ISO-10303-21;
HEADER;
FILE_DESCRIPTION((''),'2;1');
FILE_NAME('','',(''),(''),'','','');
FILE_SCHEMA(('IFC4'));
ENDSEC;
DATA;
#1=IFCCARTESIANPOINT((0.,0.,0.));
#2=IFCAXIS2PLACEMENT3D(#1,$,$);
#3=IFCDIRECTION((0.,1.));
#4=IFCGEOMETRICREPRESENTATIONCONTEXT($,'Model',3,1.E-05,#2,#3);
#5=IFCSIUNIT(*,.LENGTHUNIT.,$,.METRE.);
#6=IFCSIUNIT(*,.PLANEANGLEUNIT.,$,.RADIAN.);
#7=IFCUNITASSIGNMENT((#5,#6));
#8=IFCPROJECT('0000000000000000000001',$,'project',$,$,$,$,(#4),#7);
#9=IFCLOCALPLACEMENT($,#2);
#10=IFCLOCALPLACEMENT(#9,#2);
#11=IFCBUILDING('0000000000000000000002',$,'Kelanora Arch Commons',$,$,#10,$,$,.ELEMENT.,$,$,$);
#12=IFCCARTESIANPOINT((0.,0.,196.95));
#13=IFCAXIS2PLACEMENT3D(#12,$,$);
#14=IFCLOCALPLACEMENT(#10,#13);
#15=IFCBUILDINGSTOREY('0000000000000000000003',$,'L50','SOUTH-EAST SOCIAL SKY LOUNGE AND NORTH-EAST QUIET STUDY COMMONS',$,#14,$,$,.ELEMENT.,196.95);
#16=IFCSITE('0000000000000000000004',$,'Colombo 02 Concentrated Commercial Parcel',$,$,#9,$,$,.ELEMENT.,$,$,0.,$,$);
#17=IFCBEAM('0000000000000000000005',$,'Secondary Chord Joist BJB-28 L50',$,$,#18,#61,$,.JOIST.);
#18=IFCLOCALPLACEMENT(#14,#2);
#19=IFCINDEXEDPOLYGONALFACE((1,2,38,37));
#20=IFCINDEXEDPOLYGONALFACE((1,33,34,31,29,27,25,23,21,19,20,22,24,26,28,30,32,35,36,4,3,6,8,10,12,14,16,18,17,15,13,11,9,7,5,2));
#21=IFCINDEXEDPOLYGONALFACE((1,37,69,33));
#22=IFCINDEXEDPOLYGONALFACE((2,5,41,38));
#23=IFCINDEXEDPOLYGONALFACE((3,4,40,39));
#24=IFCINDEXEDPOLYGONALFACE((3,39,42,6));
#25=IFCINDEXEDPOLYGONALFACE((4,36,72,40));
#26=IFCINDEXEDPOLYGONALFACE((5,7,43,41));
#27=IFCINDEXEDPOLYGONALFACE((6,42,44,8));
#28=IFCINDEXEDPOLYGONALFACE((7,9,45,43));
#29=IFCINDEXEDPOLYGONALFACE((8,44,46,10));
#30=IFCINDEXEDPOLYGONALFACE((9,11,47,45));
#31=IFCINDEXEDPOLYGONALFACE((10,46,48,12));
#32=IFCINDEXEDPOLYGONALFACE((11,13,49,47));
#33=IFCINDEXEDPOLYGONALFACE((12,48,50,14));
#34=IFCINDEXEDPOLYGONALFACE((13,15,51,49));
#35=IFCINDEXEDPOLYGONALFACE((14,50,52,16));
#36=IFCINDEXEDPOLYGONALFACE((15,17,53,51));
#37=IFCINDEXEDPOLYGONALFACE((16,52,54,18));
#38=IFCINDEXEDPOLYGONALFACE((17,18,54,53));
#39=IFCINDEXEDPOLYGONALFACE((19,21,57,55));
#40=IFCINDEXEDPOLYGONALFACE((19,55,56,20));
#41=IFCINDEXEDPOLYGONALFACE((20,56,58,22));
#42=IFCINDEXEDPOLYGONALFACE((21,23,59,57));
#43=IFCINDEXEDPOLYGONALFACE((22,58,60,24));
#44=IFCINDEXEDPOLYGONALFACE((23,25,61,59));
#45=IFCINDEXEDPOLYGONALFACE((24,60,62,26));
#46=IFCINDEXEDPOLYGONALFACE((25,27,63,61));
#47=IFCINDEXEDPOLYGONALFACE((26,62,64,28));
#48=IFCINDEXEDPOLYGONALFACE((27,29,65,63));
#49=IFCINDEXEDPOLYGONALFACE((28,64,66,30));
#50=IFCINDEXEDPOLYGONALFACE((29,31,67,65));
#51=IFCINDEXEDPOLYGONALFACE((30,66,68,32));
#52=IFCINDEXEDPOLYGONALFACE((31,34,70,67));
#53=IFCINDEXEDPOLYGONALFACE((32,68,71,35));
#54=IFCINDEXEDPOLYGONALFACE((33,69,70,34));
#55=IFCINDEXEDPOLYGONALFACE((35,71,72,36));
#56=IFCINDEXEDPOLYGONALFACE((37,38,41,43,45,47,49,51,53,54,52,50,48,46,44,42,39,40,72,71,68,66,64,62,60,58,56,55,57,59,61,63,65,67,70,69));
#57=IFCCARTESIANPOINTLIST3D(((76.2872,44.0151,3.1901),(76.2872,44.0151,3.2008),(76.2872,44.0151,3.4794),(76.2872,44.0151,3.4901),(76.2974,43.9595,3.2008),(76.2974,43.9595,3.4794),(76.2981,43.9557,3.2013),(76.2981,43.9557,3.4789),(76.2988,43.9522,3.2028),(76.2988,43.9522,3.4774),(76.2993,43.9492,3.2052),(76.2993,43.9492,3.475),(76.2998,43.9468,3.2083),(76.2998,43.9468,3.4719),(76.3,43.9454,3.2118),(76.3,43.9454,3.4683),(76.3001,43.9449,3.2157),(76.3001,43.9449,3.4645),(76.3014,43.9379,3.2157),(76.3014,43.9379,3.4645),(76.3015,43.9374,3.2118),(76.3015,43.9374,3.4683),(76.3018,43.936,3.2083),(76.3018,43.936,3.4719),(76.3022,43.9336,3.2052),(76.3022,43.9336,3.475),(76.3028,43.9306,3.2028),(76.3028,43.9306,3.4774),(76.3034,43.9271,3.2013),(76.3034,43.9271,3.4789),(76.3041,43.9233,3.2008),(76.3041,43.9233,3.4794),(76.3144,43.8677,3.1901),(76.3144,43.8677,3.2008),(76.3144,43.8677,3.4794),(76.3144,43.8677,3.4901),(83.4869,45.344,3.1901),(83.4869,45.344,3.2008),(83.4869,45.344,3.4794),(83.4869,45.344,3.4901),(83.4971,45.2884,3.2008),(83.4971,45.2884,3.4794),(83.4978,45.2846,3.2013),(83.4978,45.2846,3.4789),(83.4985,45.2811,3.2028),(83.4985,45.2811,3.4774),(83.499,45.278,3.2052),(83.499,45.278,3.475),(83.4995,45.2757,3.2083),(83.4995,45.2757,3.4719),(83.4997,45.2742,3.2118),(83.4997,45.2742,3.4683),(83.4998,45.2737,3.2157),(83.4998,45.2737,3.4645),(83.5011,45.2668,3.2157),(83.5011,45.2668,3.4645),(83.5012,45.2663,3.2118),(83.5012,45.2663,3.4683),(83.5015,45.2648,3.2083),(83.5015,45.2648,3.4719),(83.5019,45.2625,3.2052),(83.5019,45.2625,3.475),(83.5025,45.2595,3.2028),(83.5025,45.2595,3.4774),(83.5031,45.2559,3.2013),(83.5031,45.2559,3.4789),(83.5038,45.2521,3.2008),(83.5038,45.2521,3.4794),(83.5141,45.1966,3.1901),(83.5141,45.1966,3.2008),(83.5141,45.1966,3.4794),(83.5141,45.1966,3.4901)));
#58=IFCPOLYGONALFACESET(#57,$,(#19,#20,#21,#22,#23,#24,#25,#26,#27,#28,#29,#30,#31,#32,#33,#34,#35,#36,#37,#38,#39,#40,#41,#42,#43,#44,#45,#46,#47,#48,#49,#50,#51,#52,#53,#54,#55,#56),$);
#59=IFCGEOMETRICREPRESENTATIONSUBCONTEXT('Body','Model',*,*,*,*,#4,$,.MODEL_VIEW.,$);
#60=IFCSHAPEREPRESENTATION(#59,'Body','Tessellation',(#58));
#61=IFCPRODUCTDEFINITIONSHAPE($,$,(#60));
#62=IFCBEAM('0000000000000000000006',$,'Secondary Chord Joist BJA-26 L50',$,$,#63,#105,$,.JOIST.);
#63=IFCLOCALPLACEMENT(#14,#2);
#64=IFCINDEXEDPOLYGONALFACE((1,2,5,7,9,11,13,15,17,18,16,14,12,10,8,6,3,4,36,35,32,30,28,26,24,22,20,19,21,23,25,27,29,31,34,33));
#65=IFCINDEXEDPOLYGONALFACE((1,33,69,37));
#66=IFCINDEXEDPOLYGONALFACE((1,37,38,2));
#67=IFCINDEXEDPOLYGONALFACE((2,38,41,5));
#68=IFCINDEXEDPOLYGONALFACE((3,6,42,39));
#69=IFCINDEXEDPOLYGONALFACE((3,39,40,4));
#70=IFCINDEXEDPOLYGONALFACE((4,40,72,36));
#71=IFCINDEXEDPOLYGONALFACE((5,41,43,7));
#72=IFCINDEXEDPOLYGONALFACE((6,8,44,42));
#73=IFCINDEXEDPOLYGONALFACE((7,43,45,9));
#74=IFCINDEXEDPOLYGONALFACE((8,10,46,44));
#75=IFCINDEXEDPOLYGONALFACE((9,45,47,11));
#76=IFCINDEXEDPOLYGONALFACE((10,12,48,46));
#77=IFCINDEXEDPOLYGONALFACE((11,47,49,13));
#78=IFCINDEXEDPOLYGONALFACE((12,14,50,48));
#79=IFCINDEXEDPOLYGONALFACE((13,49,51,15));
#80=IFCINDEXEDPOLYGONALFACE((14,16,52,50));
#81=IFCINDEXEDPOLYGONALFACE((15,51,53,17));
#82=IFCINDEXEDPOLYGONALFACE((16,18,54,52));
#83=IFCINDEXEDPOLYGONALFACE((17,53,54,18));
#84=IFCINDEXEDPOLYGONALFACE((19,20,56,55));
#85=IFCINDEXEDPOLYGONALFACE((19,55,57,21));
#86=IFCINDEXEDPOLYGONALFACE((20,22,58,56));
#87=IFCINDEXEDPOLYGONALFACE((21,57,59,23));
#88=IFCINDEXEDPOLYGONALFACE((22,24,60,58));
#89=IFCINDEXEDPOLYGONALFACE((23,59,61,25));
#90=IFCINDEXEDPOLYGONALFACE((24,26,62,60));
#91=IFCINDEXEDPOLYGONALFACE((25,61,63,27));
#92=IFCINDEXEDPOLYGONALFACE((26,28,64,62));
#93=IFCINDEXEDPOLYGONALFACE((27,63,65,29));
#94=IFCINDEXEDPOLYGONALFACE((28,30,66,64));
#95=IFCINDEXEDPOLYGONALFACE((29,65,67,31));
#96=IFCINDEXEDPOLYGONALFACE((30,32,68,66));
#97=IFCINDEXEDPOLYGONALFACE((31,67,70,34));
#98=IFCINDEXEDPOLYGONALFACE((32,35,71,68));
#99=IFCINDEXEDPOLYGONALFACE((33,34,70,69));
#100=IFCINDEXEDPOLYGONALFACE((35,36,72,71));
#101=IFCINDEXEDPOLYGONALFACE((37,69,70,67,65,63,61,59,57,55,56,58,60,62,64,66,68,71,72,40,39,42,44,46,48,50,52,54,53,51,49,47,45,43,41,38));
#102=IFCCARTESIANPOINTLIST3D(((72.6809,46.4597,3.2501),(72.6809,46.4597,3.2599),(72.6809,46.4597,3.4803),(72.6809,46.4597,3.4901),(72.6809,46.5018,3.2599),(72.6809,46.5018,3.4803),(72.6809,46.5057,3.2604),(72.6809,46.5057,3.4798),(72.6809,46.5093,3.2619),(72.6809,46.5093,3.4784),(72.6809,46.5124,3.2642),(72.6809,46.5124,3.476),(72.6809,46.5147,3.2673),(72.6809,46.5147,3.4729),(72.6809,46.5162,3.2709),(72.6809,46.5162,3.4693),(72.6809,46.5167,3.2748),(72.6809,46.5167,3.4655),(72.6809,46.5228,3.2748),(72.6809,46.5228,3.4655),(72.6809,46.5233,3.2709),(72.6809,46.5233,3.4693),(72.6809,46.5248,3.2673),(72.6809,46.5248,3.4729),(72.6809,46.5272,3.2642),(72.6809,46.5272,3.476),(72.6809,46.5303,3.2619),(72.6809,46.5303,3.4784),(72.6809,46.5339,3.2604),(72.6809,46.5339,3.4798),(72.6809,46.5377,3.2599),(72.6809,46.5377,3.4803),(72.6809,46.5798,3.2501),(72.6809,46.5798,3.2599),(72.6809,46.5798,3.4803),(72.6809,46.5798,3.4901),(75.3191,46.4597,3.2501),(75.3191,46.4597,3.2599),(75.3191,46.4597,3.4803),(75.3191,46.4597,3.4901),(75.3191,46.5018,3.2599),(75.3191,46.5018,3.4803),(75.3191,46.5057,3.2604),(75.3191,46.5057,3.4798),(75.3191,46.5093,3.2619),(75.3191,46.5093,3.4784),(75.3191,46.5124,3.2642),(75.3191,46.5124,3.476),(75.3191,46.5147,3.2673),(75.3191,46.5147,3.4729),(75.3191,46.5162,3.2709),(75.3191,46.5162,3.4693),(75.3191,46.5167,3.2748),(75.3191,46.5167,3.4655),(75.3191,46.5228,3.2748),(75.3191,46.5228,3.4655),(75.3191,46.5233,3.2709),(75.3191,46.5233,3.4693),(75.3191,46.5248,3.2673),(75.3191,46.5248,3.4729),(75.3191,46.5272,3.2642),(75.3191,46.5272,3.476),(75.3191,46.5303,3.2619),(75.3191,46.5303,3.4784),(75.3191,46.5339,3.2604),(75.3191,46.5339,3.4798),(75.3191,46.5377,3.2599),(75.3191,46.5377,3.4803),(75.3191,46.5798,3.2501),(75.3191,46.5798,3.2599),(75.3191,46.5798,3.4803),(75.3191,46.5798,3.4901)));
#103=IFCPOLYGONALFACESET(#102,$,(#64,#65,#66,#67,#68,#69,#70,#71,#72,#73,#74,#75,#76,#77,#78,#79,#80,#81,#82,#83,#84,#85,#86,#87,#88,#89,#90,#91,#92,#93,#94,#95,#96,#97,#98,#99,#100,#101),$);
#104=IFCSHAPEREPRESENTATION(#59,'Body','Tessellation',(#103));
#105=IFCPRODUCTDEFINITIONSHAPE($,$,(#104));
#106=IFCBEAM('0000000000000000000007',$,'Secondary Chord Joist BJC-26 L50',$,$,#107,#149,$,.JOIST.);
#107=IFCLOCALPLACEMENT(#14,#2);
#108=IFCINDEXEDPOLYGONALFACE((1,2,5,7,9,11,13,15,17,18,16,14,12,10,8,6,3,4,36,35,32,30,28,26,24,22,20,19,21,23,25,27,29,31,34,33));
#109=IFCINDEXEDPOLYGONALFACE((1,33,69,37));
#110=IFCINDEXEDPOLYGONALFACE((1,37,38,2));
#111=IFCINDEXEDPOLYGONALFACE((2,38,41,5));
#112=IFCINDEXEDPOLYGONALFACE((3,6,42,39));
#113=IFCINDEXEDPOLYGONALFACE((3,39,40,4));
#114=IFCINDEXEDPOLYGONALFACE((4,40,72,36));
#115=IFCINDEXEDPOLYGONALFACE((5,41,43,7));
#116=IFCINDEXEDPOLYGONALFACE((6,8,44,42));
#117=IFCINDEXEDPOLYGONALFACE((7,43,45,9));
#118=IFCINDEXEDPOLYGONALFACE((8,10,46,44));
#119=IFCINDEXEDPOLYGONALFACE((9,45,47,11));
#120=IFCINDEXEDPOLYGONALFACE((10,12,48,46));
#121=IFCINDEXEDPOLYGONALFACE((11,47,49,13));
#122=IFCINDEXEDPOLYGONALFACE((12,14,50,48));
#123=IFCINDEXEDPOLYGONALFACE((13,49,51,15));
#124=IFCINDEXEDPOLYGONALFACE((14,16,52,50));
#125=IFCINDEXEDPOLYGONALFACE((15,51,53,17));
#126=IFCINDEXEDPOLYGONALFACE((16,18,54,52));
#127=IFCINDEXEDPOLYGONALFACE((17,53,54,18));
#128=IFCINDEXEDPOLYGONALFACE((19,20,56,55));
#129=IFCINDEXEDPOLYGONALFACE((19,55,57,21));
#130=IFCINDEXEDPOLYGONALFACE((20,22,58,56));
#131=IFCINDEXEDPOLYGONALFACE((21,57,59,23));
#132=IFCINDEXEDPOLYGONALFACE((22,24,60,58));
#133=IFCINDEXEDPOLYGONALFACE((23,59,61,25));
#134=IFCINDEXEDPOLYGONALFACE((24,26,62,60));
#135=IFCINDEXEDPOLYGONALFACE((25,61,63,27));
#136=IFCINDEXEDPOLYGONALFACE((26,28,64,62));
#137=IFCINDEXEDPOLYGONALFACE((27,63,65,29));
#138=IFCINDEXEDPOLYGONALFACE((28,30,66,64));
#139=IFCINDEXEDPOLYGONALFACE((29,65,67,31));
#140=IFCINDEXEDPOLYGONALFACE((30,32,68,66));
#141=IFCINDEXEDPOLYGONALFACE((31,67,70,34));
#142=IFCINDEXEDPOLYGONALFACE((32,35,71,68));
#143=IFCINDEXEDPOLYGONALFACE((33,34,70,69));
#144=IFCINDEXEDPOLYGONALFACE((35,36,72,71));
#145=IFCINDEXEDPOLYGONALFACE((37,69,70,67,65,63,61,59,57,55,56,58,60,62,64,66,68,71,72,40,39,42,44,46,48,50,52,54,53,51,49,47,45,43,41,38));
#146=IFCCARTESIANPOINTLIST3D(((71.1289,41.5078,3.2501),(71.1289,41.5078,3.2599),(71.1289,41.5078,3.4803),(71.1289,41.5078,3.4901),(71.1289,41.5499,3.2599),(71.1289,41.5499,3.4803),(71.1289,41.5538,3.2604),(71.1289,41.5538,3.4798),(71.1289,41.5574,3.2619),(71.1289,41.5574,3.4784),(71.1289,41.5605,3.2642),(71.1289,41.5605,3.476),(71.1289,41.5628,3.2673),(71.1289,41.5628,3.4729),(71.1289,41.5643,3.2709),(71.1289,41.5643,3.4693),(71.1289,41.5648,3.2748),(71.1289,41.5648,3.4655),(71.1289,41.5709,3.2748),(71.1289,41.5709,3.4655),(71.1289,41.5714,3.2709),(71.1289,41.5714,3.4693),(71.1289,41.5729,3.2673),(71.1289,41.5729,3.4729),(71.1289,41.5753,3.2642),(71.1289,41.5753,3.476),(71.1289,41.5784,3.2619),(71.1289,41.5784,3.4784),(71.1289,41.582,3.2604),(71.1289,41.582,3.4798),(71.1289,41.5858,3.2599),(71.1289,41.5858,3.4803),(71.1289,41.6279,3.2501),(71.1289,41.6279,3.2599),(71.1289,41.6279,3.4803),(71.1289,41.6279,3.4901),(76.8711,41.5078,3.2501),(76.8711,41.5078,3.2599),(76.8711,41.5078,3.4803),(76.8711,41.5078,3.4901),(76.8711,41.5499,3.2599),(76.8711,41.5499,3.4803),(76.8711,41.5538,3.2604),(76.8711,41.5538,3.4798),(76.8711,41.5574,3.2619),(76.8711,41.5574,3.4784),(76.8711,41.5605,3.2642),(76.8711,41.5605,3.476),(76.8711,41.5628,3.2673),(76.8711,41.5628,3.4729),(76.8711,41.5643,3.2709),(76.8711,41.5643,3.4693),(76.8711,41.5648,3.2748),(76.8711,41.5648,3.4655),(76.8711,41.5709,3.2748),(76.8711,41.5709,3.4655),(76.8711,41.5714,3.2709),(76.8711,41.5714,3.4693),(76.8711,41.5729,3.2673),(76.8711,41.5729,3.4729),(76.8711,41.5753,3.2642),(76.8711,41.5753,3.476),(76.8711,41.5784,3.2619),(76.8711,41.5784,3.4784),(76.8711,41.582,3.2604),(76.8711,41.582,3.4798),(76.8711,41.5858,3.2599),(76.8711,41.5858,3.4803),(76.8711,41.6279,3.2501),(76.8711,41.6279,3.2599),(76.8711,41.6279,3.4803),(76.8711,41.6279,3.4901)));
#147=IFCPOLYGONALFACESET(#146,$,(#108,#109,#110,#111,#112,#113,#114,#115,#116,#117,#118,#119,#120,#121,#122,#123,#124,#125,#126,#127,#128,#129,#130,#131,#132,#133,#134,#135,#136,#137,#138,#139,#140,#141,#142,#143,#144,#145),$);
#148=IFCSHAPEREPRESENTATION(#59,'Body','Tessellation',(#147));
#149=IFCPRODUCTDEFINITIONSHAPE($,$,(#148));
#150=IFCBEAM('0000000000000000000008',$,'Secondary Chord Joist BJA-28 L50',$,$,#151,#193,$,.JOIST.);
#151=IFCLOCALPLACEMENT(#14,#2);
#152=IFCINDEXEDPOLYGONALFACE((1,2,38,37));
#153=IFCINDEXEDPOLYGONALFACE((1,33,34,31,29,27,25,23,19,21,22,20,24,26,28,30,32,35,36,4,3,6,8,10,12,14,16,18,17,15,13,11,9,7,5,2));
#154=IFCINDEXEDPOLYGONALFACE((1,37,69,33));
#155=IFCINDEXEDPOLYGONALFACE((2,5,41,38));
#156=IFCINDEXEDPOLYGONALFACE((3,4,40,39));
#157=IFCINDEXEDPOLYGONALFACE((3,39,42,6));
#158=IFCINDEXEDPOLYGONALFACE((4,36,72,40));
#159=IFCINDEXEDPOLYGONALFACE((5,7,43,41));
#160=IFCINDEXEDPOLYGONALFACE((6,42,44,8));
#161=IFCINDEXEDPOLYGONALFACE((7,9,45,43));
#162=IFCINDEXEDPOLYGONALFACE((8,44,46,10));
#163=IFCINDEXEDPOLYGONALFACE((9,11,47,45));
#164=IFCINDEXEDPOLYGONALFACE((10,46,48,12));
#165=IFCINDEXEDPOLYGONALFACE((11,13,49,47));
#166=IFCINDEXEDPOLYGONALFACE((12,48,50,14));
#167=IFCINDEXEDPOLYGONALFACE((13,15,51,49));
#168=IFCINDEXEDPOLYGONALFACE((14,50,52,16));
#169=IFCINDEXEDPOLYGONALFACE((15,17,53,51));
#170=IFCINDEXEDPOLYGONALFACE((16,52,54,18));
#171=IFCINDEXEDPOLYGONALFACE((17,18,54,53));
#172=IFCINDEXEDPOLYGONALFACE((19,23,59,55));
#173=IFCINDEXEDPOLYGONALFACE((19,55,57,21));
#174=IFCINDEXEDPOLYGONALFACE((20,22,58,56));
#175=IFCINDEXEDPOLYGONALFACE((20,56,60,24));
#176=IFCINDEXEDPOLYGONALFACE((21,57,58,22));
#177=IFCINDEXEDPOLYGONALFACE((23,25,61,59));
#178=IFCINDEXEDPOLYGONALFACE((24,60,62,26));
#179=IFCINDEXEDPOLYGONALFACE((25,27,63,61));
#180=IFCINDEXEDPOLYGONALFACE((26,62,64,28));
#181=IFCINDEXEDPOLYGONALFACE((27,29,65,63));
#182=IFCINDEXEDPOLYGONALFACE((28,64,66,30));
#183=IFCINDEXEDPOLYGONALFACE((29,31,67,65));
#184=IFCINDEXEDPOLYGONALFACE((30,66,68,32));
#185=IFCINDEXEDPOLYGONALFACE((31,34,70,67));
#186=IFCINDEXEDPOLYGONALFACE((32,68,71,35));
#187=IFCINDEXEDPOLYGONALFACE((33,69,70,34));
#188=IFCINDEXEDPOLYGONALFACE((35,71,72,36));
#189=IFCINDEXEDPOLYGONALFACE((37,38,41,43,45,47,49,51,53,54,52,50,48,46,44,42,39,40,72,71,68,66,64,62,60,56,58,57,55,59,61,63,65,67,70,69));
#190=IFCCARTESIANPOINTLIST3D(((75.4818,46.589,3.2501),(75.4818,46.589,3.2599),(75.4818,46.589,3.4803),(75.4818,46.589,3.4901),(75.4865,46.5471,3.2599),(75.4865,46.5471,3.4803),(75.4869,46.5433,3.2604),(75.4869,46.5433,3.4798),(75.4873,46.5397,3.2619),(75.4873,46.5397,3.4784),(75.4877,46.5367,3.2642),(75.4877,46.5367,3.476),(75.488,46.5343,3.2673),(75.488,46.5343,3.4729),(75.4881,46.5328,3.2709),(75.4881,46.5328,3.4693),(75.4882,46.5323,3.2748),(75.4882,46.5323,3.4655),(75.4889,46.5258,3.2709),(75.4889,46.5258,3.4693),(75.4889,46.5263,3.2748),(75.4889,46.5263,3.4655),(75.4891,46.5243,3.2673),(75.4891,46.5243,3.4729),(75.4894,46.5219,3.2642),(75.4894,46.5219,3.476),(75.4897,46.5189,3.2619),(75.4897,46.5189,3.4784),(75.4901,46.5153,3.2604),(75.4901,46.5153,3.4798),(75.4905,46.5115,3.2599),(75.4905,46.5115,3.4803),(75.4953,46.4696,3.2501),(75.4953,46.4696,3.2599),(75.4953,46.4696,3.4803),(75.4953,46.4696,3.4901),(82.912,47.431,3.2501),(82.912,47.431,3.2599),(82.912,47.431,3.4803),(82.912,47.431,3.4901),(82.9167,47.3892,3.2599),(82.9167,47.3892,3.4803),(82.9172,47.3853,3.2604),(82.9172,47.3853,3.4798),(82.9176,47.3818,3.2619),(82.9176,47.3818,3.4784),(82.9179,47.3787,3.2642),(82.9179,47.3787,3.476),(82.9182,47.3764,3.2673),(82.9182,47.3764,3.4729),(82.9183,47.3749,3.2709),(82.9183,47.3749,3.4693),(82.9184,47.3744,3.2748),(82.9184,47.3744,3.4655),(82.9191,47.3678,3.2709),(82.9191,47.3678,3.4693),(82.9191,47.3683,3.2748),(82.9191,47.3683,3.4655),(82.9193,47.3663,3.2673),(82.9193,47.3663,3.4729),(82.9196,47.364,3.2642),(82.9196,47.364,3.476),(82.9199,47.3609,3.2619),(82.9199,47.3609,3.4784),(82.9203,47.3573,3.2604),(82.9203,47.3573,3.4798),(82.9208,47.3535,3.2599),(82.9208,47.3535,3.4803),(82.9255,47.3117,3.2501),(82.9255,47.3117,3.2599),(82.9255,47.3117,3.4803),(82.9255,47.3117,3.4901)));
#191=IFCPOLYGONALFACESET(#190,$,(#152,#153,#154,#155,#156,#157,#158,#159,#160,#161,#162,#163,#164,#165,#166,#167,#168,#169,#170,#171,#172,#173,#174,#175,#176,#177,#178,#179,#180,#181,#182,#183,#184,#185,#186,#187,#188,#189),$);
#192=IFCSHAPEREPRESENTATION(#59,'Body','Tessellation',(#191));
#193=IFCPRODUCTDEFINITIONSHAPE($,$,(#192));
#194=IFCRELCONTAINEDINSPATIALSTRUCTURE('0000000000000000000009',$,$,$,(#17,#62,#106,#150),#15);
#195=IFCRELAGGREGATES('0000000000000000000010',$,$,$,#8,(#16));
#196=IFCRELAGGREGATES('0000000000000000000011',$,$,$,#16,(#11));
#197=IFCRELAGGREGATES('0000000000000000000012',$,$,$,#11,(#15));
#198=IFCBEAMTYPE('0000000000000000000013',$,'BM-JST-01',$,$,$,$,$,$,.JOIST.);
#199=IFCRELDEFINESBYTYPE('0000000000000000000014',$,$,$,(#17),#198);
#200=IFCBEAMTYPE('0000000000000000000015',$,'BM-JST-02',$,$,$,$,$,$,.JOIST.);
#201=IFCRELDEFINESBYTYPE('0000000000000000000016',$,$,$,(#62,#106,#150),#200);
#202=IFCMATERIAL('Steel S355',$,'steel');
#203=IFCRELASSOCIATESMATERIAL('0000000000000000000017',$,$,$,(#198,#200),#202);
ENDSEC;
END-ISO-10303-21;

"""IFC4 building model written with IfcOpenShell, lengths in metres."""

from ifc_helpers import new_model, si_unit, direction, frame, origin, origin_2d, place, context, subcontext, project, spatial, i_section, extrude, material, material_profile, profile_set, type_object, element, save


model = new_model("IFC4")

# Units and contexts
model_context = context("Model", 3, precision=1e-05, world=origin(), true_north=direction((0.0, 1.0)))
body_context = subcontext(model_context, "Body", "Model", "MODEL_VIEW")
ifc_project = project(units=[si_unit("LENGTHUNIT", "METRE"), si_unit("PLANEANGLEUNIT", "RADIAN")], contexts=[model_context])

# Site, building, storey
site_placement = place(None, origin())
site = spatial("IfcSite", under=ifc_project, at=site_placement, Name="Colombo 02 Concentrated Commercial Parcel", CompositionType="ELEMENT", RefElevation=0.0)
building_placement = place(site_placement, origin())
building = spatial("IfcBuilding", under=site, at=building_placement, Name="Kelanora Arch Commons", CompositionType="ELEMENT")
storey_placement = place(building_placement, frame((0.0, 0.0, 196.95)))
storey = spatial("IfcBuildingStorey", under=building, at=storey_placement, Name="L50", Description="SOUTH-EAST SOCIAL SKY LOUNGE AND NORTH-EAST QUIET STUDY COMMONS", CompositionType="ELEMENT", Elevation=196.95)

# Beams
ifc_material_1 = material(Name="Steel S355", Category="steel")
ifc_material_profile_1 = material_profile(ifc_material_1, i_section(OverallWidth=0.1499, OverallDepth=0.3, WebThickness=0.0071, FlangeThickness=0.0107, FilletRadius=0.0149, at=origin_2d()), Name="IPE300")
ifc_profile_set_1 = profile_set([ifc_material_profile_1], Name="Steel S355")
beam_type_1 = type_object("IfcBeamType", Name="BM-JST-01", PredefinedType="JOIST", material=ifc_profile_set_1)
beam_1_placement = place(storey_placement, frame((76.3008, 43.9414, 3.3401), z_axis=(0.98339, 0.181505, 0.0), x_axis=(-0.181505, 0.98339, 0.0)))
element("IfcBeam", 1, at=beam_1_placement, inside=storey, type_object=beam_type_1, Name="Secondary Chord Joist BJB-28 L50", PredefinedType="JOIST", context=body_context, shape_type="SweptSolid", body=[
    extrude(i_section(OverallWidth=0.1499, OverallDepth=0.3, WebThickness=0.0071, FlangeThickness=0.0107, FilletRadius=0.0149, at=origin_2d()), origin(), (0.0, 0.0, 1.0), 7.3213),
])
ifc_material_profile_2 = material_profile(ifc_material_1, i_section(OverallWidth=0.1201, OverallDepth=0.24, WebThickness=0.0061, FlangeThickness=0.0098, FilletRadius=0.0149, at=origin_2d()), Name="IPE240")
ifc_profile_set_2 = profile_set([ifc_material_profile_2], Name="Steel S355")
beam_type_2 = type_object("IfcBeamType", Name="BM-JST-02", PredefinedType="JOIST", material=ifc_profile_set_2)
beam_2_placement = place(storey_placement, frame((72.6809, 46.5198, 3.3701), z_axis=(1.0, 0.0, 0.0), x_axis=(0.0, 1.0, 0.0)))
element("IfcBeam", 2, at=beam_2_placement, inside=storey, type_object=beam_type_2, Name="Secondary Chord Joist BJA-26 L50", PredefinedType="JOIST", context=body_context, shape_type="SweptSolid", body=[
    extrude(i_section(OverallWidth=0.1201, OverallDepth=0.24, WebThickness=0.0061, FlangeThickness=0.0098, FilletRadius=0.0149, at=origin_2d()), origin(), (0.0, 0.0, 1.0), 2.6382),
])
beam_3_placement = place(storey_placement, frame((71.1289, 41.5679, 3.3701), z_axis=(1.0, 0.0, 0.0), x_axis=(0.0, 1.0, 0.0)))
element("IfcBeam", 3, at=beam_3_placement, inside=storey, type_object=beam_type_2, Name="Secondary Chord Joist BJC-26 L50", PredefinedType="JOIST", context=body_context, shape_type="SweptSolid", body=[
    extrude(i_section(OverallWidth=0.1201, OverallDepth=0.24, WebThickness=0.0061, FlangeThickness=0.0098, FilletRadius=0.0149, at=origin_2d()), origin(), (0.0, 0.0, 1.0), 5.7422),
])
beam_4_placement = place(storey_placement, frame((75.4885, 46.5293, 3.3701), z_axis=(0.99364, 0.112606, 0.0), x_axis=(-0.112606, 0.99364, 0.0)))
element("IfcBeam", 4, at=beam_4_placement, inside=storey, type_object=beam_type_2, Name="Secondary Chord Joist BJA-28 L50", PredefinedType="JOIST", context=body_context, shape_type="SweptSolid", body=[
    extrude(i_section(OverallWidth=0.1201, OverallDepth=0.24, WebThickness=0.0061, FlangeThickness=0.0098, FilletRadius=0.0149, at=origin_2d()), origin(), (0.0, 0.0, 1.0), 7.4778),
])

save(model, "model.ifc")
